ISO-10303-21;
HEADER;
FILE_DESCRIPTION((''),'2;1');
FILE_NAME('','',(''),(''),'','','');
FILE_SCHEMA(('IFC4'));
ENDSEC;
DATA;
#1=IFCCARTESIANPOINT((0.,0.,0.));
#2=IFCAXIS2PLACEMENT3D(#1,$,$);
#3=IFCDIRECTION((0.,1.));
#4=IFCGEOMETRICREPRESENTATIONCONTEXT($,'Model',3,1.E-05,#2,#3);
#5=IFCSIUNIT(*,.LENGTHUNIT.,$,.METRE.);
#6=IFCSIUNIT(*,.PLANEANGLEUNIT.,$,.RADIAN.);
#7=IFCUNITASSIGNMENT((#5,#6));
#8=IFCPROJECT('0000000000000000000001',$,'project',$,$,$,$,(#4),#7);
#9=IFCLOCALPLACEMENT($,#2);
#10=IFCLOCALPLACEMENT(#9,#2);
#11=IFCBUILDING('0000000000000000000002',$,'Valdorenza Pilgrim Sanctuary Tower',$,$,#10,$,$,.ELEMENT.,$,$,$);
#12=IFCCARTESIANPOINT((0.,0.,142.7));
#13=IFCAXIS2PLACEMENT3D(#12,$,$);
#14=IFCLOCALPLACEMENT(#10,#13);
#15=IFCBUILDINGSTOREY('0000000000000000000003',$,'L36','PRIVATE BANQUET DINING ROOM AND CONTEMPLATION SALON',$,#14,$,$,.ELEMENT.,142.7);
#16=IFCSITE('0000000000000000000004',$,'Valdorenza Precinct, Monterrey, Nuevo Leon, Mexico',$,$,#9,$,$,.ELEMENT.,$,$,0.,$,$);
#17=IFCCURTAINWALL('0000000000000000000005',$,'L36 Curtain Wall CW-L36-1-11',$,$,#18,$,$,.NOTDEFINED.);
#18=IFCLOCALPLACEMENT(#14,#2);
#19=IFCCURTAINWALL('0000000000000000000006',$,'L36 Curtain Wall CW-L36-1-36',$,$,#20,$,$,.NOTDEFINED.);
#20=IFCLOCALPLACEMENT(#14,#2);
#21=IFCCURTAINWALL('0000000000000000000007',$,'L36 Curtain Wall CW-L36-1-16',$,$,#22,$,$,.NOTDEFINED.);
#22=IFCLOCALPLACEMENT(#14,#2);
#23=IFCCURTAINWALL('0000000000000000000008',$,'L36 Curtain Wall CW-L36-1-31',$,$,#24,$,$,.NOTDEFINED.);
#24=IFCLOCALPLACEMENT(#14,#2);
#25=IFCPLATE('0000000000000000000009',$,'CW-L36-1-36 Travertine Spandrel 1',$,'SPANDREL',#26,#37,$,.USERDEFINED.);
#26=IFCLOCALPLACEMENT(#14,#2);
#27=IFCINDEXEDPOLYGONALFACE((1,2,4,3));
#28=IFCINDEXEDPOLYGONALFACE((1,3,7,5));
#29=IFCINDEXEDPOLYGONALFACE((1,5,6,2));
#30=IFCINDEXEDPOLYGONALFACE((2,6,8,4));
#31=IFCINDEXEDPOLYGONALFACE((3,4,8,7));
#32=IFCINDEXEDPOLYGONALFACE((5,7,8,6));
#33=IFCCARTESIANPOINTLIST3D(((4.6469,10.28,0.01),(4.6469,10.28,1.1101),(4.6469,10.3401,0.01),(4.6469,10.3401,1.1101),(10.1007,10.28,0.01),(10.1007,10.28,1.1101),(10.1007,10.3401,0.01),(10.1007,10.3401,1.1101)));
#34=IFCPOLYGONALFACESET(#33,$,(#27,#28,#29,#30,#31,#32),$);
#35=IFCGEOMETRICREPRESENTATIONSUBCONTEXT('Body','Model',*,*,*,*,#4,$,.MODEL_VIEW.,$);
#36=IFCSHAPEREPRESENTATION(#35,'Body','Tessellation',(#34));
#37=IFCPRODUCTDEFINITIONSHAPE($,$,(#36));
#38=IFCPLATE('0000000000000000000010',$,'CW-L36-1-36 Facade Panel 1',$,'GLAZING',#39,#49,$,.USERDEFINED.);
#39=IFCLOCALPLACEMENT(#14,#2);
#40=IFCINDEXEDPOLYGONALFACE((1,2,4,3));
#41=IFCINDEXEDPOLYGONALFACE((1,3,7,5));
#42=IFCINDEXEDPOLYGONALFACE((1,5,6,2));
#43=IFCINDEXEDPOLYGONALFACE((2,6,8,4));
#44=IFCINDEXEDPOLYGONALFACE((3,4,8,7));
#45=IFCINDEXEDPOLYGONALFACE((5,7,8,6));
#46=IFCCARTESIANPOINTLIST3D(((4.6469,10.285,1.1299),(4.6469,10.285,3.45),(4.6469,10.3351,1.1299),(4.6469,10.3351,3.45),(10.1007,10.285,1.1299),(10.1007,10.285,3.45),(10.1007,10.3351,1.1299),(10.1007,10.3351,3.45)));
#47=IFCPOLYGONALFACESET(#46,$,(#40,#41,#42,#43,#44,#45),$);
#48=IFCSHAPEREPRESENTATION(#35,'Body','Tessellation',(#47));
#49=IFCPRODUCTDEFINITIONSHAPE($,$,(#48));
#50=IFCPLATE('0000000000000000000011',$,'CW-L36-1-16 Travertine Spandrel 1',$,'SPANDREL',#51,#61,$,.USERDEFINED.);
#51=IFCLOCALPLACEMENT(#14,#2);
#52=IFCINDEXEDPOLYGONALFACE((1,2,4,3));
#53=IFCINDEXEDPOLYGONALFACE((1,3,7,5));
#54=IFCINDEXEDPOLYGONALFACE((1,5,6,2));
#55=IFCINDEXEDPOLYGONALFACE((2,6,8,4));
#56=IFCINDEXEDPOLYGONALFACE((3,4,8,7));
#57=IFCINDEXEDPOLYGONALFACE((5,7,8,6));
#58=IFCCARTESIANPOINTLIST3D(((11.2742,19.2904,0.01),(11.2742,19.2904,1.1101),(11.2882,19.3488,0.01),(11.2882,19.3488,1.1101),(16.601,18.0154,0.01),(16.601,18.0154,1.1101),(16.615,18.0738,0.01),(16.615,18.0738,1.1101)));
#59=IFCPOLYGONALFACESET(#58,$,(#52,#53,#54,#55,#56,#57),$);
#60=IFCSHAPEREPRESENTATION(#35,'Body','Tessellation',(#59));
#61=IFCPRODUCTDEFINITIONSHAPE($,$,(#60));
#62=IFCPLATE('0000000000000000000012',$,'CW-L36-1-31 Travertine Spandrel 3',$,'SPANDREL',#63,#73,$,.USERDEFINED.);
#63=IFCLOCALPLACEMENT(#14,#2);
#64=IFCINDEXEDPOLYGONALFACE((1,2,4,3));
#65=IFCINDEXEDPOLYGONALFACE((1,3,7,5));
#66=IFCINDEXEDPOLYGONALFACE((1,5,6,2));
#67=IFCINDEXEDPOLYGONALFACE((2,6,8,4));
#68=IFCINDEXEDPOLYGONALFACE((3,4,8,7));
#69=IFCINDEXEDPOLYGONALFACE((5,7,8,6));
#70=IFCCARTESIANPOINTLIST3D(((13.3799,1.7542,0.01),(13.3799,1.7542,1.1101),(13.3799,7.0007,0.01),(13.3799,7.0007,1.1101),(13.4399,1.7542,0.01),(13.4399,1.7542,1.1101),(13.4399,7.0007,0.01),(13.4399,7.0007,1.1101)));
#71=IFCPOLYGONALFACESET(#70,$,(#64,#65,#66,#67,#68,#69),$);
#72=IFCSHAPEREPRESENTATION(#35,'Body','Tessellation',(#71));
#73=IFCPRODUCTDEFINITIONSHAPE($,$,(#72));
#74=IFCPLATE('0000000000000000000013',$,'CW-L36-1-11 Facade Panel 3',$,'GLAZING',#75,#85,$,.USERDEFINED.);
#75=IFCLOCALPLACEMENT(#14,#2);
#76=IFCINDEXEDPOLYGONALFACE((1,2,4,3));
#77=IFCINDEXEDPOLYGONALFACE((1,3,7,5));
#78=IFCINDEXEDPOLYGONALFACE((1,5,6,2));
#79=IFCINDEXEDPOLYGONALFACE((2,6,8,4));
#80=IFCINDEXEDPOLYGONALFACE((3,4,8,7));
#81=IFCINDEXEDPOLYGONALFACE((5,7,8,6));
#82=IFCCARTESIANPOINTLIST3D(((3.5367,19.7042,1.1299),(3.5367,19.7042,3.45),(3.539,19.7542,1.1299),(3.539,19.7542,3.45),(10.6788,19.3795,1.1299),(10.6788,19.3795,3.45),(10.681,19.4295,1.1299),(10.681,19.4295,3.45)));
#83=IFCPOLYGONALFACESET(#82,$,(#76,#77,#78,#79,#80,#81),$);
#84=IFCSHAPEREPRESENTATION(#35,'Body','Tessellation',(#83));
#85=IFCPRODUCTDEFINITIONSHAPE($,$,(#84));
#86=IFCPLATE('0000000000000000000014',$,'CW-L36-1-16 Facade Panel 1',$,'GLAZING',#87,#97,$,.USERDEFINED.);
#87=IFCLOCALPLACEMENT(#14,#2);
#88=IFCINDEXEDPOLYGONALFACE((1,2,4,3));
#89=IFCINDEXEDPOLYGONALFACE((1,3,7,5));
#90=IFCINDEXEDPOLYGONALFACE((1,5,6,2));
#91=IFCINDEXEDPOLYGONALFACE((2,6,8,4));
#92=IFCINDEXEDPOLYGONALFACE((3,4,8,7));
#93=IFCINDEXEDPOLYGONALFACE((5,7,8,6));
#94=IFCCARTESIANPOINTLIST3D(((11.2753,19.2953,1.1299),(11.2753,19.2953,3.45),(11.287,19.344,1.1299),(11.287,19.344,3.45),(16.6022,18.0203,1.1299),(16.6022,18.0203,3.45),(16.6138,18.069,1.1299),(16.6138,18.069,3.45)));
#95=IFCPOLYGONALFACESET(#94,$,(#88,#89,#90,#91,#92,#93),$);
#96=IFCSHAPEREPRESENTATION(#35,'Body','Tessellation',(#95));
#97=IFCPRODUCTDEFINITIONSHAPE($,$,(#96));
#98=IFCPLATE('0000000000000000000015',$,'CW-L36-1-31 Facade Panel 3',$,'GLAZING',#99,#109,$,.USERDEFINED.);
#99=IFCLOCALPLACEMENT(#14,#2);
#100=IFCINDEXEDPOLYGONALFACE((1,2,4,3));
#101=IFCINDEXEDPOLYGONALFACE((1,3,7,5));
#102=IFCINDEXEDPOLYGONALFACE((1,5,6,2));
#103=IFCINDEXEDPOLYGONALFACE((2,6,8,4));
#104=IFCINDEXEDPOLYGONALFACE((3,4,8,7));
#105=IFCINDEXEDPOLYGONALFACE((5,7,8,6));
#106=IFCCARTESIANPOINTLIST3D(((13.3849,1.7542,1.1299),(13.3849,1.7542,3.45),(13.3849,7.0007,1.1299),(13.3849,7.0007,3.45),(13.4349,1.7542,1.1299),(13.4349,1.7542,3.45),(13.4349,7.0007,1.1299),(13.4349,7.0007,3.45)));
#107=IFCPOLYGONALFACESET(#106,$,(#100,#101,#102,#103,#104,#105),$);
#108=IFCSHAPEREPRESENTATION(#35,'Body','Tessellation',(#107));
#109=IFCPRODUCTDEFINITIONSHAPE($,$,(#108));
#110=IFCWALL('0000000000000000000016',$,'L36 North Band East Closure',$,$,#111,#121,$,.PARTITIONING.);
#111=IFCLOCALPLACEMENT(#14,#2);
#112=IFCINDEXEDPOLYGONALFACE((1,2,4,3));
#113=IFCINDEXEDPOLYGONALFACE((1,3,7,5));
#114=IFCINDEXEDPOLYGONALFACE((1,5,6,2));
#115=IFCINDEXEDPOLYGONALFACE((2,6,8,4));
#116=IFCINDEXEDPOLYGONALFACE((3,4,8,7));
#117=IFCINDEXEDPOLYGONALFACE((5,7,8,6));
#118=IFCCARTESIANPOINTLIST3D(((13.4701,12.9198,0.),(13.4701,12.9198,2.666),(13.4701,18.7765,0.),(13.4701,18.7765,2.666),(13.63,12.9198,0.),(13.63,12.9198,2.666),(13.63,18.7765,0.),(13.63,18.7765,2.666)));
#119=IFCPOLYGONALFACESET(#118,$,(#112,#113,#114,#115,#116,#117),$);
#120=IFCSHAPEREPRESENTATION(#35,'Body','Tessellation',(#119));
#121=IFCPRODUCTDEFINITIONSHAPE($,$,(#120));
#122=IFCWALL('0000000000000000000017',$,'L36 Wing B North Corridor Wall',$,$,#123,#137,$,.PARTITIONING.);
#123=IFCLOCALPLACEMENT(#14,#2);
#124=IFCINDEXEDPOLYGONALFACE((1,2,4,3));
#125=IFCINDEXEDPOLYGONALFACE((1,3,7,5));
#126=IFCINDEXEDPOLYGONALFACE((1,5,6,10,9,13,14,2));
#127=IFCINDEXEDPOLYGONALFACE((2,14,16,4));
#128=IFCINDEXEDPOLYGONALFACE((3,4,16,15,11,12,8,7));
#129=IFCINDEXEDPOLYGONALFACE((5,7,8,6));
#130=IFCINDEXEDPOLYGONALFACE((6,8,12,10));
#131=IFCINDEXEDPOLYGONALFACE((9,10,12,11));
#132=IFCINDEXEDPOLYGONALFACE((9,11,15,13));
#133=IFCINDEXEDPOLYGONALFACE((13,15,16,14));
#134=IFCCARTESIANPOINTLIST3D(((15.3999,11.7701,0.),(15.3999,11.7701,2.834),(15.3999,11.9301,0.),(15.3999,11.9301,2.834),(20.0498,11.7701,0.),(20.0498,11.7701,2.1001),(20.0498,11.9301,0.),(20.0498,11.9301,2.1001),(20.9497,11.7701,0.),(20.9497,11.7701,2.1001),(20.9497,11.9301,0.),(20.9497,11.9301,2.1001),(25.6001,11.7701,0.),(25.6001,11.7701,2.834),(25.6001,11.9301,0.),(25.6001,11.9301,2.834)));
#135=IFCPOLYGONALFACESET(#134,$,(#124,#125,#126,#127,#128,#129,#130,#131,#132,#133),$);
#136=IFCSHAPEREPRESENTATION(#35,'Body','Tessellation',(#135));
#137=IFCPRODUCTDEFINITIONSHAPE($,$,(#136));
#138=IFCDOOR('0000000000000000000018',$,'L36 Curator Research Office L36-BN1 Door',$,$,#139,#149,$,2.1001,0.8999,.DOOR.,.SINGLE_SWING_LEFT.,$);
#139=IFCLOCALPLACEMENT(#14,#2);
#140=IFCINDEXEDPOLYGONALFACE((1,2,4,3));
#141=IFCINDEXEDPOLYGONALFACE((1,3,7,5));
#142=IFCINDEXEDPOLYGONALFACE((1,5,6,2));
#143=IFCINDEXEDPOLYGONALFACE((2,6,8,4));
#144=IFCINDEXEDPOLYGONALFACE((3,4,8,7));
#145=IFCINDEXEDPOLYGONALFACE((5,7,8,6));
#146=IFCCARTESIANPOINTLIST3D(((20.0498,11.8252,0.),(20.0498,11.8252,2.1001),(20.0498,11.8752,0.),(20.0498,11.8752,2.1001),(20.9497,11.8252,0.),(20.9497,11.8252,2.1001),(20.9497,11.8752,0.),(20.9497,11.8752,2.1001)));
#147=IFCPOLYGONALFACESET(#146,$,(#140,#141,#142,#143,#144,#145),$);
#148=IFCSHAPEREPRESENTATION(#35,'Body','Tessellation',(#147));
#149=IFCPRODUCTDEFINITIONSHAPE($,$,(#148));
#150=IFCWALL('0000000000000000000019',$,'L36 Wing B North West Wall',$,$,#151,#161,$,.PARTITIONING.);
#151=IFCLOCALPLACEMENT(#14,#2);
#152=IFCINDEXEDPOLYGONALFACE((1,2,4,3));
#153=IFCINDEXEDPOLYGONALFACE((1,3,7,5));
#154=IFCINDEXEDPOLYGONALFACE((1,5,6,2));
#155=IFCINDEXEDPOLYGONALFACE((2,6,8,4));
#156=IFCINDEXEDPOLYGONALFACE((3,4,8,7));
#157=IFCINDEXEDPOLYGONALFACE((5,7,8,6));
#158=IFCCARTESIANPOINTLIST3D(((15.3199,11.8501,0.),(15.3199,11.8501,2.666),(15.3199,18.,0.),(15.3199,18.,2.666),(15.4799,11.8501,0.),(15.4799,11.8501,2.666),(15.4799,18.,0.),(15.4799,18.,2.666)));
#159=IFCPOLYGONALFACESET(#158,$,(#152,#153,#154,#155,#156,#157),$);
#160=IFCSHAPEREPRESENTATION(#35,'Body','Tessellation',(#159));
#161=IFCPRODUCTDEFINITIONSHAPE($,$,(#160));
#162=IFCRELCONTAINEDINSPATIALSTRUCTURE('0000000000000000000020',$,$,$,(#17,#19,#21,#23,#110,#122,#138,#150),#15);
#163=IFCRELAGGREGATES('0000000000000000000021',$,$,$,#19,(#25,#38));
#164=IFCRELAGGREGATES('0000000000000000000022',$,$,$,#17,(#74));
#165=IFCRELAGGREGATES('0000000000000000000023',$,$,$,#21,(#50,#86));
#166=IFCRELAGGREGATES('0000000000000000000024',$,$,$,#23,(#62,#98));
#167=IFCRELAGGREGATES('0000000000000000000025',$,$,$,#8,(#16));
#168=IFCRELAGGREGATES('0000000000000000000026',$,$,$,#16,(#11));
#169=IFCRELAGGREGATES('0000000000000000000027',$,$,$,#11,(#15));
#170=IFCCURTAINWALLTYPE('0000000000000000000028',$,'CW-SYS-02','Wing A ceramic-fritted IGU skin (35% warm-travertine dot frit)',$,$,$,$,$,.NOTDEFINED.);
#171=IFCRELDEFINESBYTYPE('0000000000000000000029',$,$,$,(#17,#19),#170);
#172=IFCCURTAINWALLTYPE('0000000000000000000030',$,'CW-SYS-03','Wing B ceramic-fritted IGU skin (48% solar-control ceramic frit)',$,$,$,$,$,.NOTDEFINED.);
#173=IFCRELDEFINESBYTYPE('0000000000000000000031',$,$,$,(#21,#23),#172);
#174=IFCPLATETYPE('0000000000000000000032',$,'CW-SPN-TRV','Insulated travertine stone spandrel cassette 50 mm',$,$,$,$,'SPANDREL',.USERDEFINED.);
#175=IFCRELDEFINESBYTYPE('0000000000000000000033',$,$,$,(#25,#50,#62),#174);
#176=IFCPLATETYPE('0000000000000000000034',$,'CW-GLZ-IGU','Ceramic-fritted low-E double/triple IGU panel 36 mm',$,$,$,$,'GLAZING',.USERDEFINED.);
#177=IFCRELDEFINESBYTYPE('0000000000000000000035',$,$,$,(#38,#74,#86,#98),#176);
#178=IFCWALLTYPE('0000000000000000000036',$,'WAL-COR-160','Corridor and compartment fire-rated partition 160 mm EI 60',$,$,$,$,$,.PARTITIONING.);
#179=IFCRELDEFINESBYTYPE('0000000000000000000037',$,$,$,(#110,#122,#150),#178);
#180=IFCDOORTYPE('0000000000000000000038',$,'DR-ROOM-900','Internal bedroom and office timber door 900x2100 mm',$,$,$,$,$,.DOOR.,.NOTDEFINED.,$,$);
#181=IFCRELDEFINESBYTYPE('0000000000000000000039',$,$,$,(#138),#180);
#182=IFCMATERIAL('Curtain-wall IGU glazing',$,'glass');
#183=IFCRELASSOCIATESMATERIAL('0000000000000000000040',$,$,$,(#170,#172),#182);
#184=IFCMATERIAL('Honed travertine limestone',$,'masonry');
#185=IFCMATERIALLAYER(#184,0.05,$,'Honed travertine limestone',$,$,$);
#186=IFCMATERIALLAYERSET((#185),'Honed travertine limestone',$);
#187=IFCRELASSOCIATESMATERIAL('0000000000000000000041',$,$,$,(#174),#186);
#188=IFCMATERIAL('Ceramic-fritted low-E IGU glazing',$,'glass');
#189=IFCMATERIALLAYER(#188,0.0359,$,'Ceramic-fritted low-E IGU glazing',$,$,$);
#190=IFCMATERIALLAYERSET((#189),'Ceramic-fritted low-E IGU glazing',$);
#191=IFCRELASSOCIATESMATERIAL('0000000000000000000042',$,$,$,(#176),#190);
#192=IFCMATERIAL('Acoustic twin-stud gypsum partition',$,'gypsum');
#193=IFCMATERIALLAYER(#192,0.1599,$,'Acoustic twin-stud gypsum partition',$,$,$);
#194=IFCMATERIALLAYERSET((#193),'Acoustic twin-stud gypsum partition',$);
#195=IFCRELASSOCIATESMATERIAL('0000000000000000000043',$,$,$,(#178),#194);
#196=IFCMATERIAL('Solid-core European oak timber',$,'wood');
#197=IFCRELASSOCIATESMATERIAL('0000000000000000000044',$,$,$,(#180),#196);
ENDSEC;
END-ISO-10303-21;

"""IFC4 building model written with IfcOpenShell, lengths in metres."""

from ifc_helpers import new_model, si_unit, direction, frame, frame_2d, origin, origin_2d, place, context, subcontext, project, spatial, rectangle, extrude, source, transform, mapped, material, layer, layer_set, type_object, element, fill, aggregate, save


model = new_model("IFC4")

# Units and contexts
model_context = context("Model", 3, precision=1e-05, world=origin(), true_north=direction((0.0, 1.0)))
body_context = subcontext(model_context, "Body", "Model", "MODEL_VIEW")
ifc_project = project(units=[si_unit("LENGTHUNIT", "METRE"), si_unit("PLANEANGLEUNIT", "RADIAN")], contexts=[model_context])

# Site, building, storey
site_placement = place(None, origin())
site = spatial("IfcSite", under=ifc_project, at=site_placement, Name="Valdorenza Precinct, Monterrey, Nuevo Leon, Mexico", CompositionType="ELEMENT", RefElevation=0.0)
building_placement = place(site_placement, origin())
building = spatial("IfcBuilding", under=site, at=building_placement, Name="Valdorenza Pilgrim Sanctuary Tower", CompositionType="ELEMENT")
storey_placement = place(building_placement, frame((0.0, 0.0, 142.7)))
storey = spatial("IfcBuildingStorey", under=building, at=storey_placement, Name="L36", Description="PRIVATE BANQUET DINING ROOM AND CONTEMPLATION SALON", CompositionType="ELEMENT", Elevation=142.7)

# Curtain walls
ifc_material_1 = material(Name="Curtain-wall IGU glazing", Category="glass")
curtain_wall_type_1 = type_object("IfcCurtainWallType", Name="CW-SYS-02", Description="Wing A ceramic-fritted IGU skin (35% warm-travertine dot frit)", PredefinedType="NOTDEFINED", material=ifc_material_1)
curtain_wall_1_placement = place(storey_placement, origin())
curtain_wall_1 = element("IfcCurtainWall", 1, at=curtain_wall_1_placement, inside=storey, type_object=curtain_wall_type_1, Name="L36 Curtain Wall CW-L36-1-11", PredefinedType="NOTDEFINED")
curtain_wall_2_placement = place(storey_placement, origin())
curtain_wall_2 = element("IfcCurtainWall", 2, at=curtain_wall_2_placement, inside=storey, type_object=curtain_wall_type_1, Name="L36 Curtain Wall CW-L36-1-36", PredefinedType="NOTDEFINED")
curtain_wall_type_2 = type_object("IfcCurtainWallType", Name="CW-SYS-03", Description="Wing B ceramic-fritted IGU skin (48% solar-control ceramic frit)", PredefinedType="NOTDEFINED", material=ifc_material_1)
curtain_wall_3_placement = place(storey_placement, origin())
curtain_wall_3 = element("IfcCurtainWall", 3, at=curtain_wall_3_placement, inside=storey, type_object=curtain_wall_type_2, Name="L36 Curtain Wall CW-L36-1-16", PredefinedType="NOTDEFINED")
curtain_wall_4_placement = place(storey_placement, origin())
curtain_wall_4 = element("IfcCurtainWall", 4, at=curtain_wall_4_placement, inside=storey, type_object=curtain_wall_type_2, Name="L36 Curtain Wall CW-L36-1-31", PredefinedType="NOTDEFINED")

# Plates
ifc_material_2 = material(Name="Honed travertine limestone", Category="masonry")
ifc_layer_1 = layer(ifc_material_2, 0.05, Name="Honed travertine limestone")
ifc_layer_set_1 = layer_set([ifc_layer_1], Name="Honed travertine limestone")
plate_type_1 = type_object("IfcPlateType", Name="CW-SPN-TRV", Description="Insulated travertine stone spandrel cassette 50 mm", ElementType="SPANDREL", PredefinedType="USERDEFINED", material=ifc_layer_set_1)
shared_shape_1 = source(origin(), body_context, "Body", "SweptSolid", [
    extrude(rectangle(XDim=5.4539, YDim=0.0601, at=origin_2d()), origin(), (0.0, 0.0, 1.0), 1.1001),
])
plate_1_placement = place(storey_placement, frame((7.3738, 10.3101, 0.01), z_axis=(0.0, 0.0, 1.0), x_axis=(-1.0, 0.0, 0.0)))
plate_1 = element("IfcPlate", 5, at=plate_1_placement, type_object=plate_type_1, Name="CW-L36-1-36 Travertine Spandrel 1", ObjectType="SPANDREL", PredefinedType="USERDEFINED", context=body_context, shape_type="MappedRepresentation", body=[
    mapped(shared_shape_1, transform((0.0, 0.0, 0.0), x_axis=(1.0, 0.0, 0.0), y_axis=(0.0, 1.0, 0.0), z_axis=(0.0, 0.0, 1.0), scale=1.0)),
])
ifc_material_3 = material(Name="Ceramic-fritted low-E IGU glazing", Category="glass")
ifc_layer_2 = layer(ifc_material_3, 0.0359, Name="Ceramic-fritted low-E IGU glazing")
ifc_layer_set_2 = layer_set([ifc_layer_2], Name="Ceramic-fritted low-E IGU glazing")
plate_type_2 = type_object("IfcPlateType", Name="CW-GLZ-IGU", Description="Ceramic-fritted low-E double/triple IGU panel 36 mm", ElementType="GLAZING", PredefinedType="USERDEFINED", material=ifc_layer_set_2)
shared_shape_2 = source(origin(), body_context, "Body", "SweptSolid", [
    extrude(rectangle(XDim=5.4539, YDim=0.05, at=origin_2d()), origin(), (0.0, 0.0, 1.0), 2.3201),
])
plate_2_placement = place(storey_placement, frame((7.3738, 10.3101, 1.1299), z_axis=(0.0, 0.0, 1.0), x_axis=(-1.0, 0.0, 0.0)))
plate_2 = element("IfcPlate", 6, at=plate_2_placement, type_object=plate_type_2, Name="CW-L36-1-36 Facade Panel 1", ObjectType="GLAZING", PredefinedType="USERDEFINED", context=body_context, shape_type="MappedRepresentation", body=[
    mapped(shared_shape_2, transform((0.0, 0.0, 0.0), x_axis=(1.0, 0.0, 0.0), y_axis=(0.0, 1.0, 0.0), z_axis=(0.0, 0.0, 1.0), scale=1.0)),
])
aggregate(curtain_wall_2, [plate_1, plate_2])
shared_shape_3 = source(origin(), body_context, "Body", "SweptSolid", [
    extrude(rectangle(XDim=5.4773, YDim=0.0601, at=origin_2d()), origin(), (0.0, 0.0, 1.0), 1.1001),
])
plate_3_placement = place(storey_placement, frame((13.9446, 18.6821, 0.01), z_axis=(0.0, 0.0, 1.0), x_axis=(0.972529, -0.232783, 0.0)))
plate_3 = element("IfcPlate", 7, at=plate_3_placement, type_object=plate_type_1, Name="CW-L36-1-16 Travertine Spandrel 1", ObjectType="SPANDREL", PredefinedType="USERDEFINED", context=body_context, shape_type="MappedRepresentation", body=[
    mapped(shared_shape_3, transform((0.0, 0.0, 0.0), x_axis=(1.0, 0.0, 0.0), y_axis=(0.0, 1.0, 0.0), z_axis=(0.0, 0.0, 1.0), scale=1.0)),
])
shared_shape_4 = source(origin(), body_context, "Body", "SweptSolid", [
    extrude(rectangle(XDim=5.2466, YDim=0.0601, at=origin_2d()), origin(), (0.0, 0.0, 1.0), 1.1001),
])
plate_4_placement = place(storey_placement, frame((13.4099, 4.3774, 0.01), z_axis=(0.0, 0.0, 1.0), x_axis=(0.0, 1.0, 0.0)))
plate_4 = element("IfcPlate", 8, at=plate_4_placement, type_object=plate_type_1, Name="CW-L36-1-31 Travertine Spandrel 3", ObjectType="SPANDREL", PredefinedType="USERDEFINED", context=body_context, shape_type="MappedRepresentation", body=[
    mapped(shared_shape_4, transform((0.0, 0.0, 0.0), x_axis=(1.0, 0.0, 0.0), y_axis=(0.0, 1.0, 0.0), z_axis=(0.0, 0.0, 1.0), scale=1.0)),
])
shared_shape_5 = source(origin(), body_context, "Body", "SweptSolid", [
    extrude(rectangle(XDim=7.1494, YDim=0.05, at=origin_2d()), origin(), (0.0, 0.0, 1.0), 2.3201),
])
plate_5_placement = place(storey_placement, frame((7.1089, 19.5669, 1.1299), z_axis=(0.0, 0.0, 1.0), x_axis=(0.998968, -0.045415, 0.0)))
plate_5 = element("IfcPlate", 9, at=plate_5_placement, type_object=plate_type_2, Name="CW-L36-1-11 Facade Panel 3", ObjectType="GLAZING", PredefinedType="USERDEFINED", context=body_context, shape_type="MappedRepresentation", body=[
    mapped(shared_shape_5, transform((0.0, 0.0, 0.0), x_axis=(1.0, 0.0, 0.0), y_axis=(0.0, 1.0, 0.0), z_axis=(0.0, 0.0, 1.0), scale=1.0)),
])
aggregate(curtain_wall_1, [plate_5])
shared_shape_6 = source(origin(), body_context, "Body", "SweptSolid", [
    extrude(rectangle(XDim=5.4773, YDim=0.05, at=origin_2d()), origin(), (0.0, 0.0, 1.0), 2.3201),
])
plate_6_placement = place(storey_placement, frame((13.9446, 18.6821, 1.1299), z_axis=(0.0, 0.0, 1.0), x_axis=(0.972529, -0.232783, 0.0)))
plate_6 = element("IfcPlate", 10, at=plate_6_placement, type_object=plate_type_2, Name="CW-L36-1-16 Facade Panel 1", ObjectType="GLAZING", PredefinedType="USERDEFINED", context=body_context, shape_type="MappedRepresentation", body=[
    mapped(shared_shape_6, transform((0.0, 0.0, 0.0), x_axis=(1.0, 0.0, 0.0), y_axis=(0.0, 1.0, 0.0), z_axis=(0.0, 0.0, 1.0), scale=1.0)),
])
aggregate(curtain_wall_3, [plate_3, plate_6])
shared_shape_7 = source(origin(), body_context, "Body", "SweptSolid", [
    extrude(rectangle(XDim=5.2466, YDim=0.05, at=origin_2d()), origin(), (0.0, 0.0, 1.0), 2.3201),
])
plate_7_placement = place(storey_placement, frame((13.4099, 4.3774, 1.1299), z_axis=(0.0, 0.0, 1.0), x_axis=(0.0, 1.0, 0.0)))
plate_7 = element("IfcPlate", 11, at=plate_7_placement, type_object=plate_type_2, Name="CW-L36-1-31 Facade Panel 3", ObjectType="GLAZING", PredefinedType="USERDEFINED", context=body_context, shape_type="MappedRepresentation", body=[
    mapped(shared_shape_7, transform((0.0, 0.0, 0.0), x_axis=(1.0, 0.0, 0.0), y_axis=(0.0, 1.0, 0.0), z_axis=(0.0, 0.0, 1.0), scale=1.0)),
])
aggregate(curtain_wall_4, [plate_4, plate_7])

# Wall
ifc_material_4 = material(Name="Acoustic twin-stud gypsum partition", Category="gypsum")
ifc_layer_3 = layer(ifc_material_4, 0.1599, Name="Acoustic twin-stud gypsum partition")
ifc_layer_set_3 = layer_set([ifc_layer_3], Name="Acoustic twin-stud gypsum partition")
wall_type_1 = type_object("IfcWallType", Name="WAL-COR-160", Description="Corridor and compartment fire-rated partition 160 mm EI 60", PredefinedType="PARTITIONING", material=ifc_layer_set_3)
wall_1_placement = place(storey_placement, frame((13.55, 12.9199, 0.0), z_axis=(0.0, 0.0, 1.0), x_axis=(0.0, 1.0, 0.0)))
element("IfcWall", 12, at=wall_1_placement, inside=storey, type_object=wall_type_1, Name="L36 North Band East Closure", PredefinedType="PARTITIONING", context=body_context, shape_type="SweptSolid", body=[
    extrude(rectangle(XDim=5.8567, YDim=0.1599, at=frame_2d((2.9282, 0.0))), origin(), (0.0, 0.0, 1.0), 2.666),
])

# Wall, opening, door
wall_2_placement = place(storey_placement, frame((15.3999, 11.8501, 0.0), z_axis=(0.0, 0.0, 1.0), x_axis=(1.0, 0.0, 0.0)))
wall_2 = element("IfcWall", 13, at=wall_2_placement, inside=storey, type_object=wall_type_1, Name="L36 Wing B North Corridor Wall", PredefinedType="PARTITIONING", context=body_context, shape_type="SweptSolid", body=[
    extrude(rectangle(XDim=10.2002, YDim=0.1599, at=frame_2d((5.1001, 0.0))), origin(), (0.0, 0.0, 1.0), 2.834),
])
opening_1_placement = place(wall_2_placement, frame((4.6499, 0.0, 0.0)))
opening_1 = element("IfcOpeningElement", 14, at=opening_1_placement, cuts=wall_2, PredefinedType="OPENING", context=body_context, shape_type="SweptSolid", body=[
    extrude(rectangle(XDim=0.8999, YDim=2.1001, at=frame_2d((0.45, 1.05))), frame((0.0, 0.0947, 0.0), z_axis=(0.0, -1.0, 0.0), x_axis=(1.0, 0.0, 0.0)), (0.0, 0.0, 1.0), 0.1897),
])
ifc_material_5 = material(Name="Solid-core European oak timber", Category="wood")
door_type = type_object("IfcDoorType", Name="DR-ROOM-900", Description="Internal bedroom and office timber door 900x2100 mm", OperationType="NOTDEFINED", PredefinedType="DOOR", material=ifc_material_5)
door_1_placement = place(opening_1_placement, frame((0.8999, 0.0, 0.0), z_axis=(0.0, 0.0, 1.0), x_axis=(-1.0, 0.0, 0.0)))
door_1 = element("IfcDoor", 15, at=door_1_placement, inside=storey, type_object=door_type, Name="L36 Curator Research Office L36-BN1 Door", OperationType="SINGLE_SWING_LEFT", OverallHeight=2.1001, OverallWidth=0.8999, PredefinedType="DOOR", context=body_context, shape_type="SweptSolid", body=[
    extrude(rectangle(XDim=0.8999, YDim=2.1001, at=frame_2d((0.45, 1.05))), frame((0.0, 0.0249, 0.0), z_axis=(0.0, -1.0, 0.0), x_axis=(1.0, 0.0, 0.0)), (0.0, 0.0, 1.0), 0.05),
])
fill(opening_1, door_1)

# Wall
wall_3_placement = place(storey_placement, frame((15.3999, 11.8501, 0.0), z_axis=(0.0, 0.0, 1.0), x_axis=(0.0, 1.0, 0.0)))
element("IfcWall", 16, at=wall_3_placement, inside=storey, type_object=wall_type_1, Name="L36 Wing B North West Wall", PredefinedType="PARTITIONING", context=body_context, shape_type="SweptSolid", body=[
    extrude(rectangle(XDim=6.1499, YDim=0.1599, at=frame_2d((3.075, 0.0))), origin(), (0.0, 0.0, 1.0), 2.666),
])

save(model, "model.ifc")
